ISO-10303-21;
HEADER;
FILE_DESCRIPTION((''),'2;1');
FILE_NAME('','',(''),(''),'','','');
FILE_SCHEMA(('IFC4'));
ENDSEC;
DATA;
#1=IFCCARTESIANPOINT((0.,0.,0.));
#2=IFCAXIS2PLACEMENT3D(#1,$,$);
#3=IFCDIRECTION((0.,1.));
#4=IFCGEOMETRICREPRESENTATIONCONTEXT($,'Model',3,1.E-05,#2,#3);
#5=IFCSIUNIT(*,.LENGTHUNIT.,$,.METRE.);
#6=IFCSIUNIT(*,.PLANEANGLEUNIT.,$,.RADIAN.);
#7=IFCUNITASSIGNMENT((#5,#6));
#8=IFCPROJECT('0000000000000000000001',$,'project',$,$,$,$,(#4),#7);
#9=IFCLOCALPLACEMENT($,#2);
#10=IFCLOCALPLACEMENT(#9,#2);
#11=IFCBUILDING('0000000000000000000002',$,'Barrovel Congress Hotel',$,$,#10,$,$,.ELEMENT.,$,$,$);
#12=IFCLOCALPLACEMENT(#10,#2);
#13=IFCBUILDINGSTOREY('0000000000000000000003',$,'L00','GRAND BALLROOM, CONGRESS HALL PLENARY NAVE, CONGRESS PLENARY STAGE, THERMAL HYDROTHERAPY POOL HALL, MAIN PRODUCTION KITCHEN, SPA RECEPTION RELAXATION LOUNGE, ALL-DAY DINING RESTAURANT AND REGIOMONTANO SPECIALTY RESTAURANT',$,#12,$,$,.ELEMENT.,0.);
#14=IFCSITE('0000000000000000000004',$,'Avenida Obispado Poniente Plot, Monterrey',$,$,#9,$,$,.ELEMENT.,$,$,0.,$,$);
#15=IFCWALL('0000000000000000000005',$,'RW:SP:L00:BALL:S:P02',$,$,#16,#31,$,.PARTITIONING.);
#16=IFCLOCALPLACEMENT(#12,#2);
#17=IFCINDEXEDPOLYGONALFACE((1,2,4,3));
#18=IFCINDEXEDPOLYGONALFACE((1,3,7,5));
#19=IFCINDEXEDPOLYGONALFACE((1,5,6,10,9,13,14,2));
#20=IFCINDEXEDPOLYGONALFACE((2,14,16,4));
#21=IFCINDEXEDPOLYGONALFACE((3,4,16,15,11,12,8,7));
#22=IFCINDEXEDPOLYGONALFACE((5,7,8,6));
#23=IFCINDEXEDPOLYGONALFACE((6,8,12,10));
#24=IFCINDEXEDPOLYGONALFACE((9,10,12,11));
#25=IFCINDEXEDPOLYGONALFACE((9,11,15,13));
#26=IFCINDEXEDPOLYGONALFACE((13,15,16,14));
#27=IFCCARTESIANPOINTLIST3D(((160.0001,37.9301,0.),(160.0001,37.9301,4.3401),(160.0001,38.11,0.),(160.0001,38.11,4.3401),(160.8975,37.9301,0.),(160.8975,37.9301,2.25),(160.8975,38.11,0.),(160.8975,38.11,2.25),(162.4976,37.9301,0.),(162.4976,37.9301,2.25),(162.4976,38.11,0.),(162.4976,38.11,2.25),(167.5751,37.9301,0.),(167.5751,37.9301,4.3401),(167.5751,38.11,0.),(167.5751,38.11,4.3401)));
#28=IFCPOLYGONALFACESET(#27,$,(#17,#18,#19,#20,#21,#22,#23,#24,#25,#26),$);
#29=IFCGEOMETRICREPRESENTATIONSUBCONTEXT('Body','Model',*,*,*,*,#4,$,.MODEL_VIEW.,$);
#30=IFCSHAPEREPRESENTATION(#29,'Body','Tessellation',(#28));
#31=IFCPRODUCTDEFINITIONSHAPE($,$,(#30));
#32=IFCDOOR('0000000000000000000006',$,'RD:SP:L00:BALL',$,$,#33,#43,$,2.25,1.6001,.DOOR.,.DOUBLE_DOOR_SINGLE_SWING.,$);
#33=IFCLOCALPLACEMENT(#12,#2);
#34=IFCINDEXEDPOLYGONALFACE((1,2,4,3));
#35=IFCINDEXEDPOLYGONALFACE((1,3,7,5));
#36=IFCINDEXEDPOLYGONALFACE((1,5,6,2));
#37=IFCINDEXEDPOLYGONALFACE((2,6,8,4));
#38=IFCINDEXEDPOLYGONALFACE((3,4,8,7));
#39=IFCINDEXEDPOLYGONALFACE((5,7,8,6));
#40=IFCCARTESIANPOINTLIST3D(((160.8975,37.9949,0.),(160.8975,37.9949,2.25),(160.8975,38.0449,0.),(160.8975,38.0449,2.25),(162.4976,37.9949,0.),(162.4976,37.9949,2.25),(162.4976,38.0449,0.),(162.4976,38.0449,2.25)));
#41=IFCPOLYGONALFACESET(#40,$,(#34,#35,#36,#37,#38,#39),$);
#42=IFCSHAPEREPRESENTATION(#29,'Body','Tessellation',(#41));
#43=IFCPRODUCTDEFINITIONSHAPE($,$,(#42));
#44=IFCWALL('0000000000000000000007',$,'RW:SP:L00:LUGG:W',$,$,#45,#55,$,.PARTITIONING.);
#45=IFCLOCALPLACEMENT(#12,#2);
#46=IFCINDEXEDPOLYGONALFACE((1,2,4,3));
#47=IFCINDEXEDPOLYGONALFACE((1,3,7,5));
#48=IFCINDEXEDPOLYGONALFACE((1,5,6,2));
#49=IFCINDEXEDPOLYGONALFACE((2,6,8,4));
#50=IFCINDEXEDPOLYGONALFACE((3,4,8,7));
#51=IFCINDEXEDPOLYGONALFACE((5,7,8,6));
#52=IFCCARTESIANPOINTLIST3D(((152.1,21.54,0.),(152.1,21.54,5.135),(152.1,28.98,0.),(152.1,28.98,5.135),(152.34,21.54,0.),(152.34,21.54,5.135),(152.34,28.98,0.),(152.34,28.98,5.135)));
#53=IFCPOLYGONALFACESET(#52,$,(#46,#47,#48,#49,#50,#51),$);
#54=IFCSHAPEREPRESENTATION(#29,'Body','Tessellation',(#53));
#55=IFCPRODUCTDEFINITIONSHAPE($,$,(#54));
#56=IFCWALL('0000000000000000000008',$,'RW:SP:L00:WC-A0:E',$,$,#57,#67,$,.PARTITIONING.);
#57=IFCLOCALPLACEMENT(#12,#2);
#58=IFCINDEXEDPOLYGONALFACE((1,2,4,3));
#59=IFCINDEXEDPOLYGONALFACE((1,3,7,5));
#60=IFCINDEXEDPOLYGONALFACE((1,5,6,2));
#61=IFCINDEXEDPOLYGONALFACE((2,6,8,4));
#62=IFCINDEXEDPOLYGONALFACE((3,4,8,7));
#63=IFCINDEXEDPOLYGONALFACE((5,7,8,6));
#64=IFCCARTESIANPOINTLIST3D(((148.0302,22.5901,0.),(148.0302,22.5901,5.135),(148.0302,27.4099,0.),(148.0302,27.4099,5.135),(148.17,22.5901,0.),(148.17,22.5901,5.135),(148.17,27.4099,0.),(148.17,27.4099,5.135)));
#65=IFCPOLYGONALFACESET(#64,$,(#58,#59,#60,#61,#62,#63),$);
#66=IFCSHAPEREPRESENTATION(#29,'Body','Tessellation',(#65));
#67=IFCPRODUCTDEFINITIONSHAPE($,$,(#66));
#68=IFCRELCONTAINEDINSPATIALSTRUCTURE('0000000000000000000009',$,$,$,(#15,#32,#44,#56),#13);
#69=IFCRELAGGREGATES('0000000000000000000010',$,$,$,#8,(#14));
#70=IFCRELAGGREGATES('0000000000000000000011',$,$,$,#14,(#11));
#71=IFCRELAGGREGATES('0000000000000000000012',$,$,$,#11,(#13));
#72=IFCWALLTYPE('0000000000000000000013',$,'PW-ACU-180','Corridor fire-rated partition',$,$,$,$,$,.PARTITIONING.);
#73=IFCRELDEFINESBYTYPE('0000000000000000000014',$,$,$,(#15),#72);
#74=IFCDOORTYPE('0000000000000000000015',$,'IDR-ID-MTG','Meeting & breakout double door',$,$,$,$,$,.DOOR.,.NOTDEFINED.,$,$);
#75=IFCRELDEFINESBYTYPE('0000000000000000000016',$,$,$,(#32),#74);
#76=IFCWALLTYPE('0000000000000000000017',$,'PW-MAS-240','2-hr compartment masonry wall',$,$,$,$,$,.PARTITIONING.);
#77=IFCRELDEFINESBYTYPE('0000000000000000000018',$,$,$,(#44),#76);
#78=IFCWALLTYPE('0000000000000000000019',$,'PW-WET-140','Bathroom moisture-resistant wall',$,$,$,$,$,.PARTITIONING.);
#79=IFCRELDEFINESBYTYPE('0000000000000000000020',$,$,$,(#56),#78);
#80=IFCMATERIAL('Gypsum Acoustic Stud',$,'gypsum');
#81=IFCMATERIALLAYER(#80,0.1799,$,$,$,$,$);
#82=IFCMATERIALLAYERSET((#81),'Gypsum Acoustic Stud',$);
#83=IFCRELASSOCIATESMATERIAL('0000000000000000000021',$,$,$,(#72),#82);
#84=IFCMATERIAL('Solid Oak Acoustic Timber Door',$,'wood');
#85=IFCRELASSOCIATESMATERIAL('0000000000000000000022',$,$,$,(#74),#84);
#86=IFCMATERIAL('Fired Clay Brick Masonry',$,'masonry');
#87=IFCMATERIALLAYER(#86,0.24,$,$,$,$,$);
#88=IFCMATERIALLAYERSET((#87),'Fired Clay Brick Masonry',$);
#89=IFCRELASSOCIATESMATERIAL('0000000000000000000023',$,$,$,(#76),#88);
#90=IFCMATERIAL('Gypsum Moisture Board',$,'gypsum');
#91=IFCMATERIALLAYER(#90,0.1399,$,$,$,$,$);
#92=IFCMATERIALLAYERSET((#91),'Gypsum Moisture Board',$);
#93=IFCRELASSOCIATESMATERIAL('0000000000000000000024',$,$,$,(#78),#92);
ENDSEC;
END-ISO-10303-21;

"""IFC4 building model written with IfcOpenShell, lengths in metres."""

from ifc_helpers import new_model, si_unit, direction, frame, frame_2d, origin, place, context, subcontext, project, spatial, rectangle, extrude, material, layer, layer_set, type_object, element, fill, save


model = new_model("IFC4")

# Units and contexts
model_context = context("Model", 3, precision=1e-05, world=origin(), true_north=direction((0.0, 1.0)))
body_context = subcontext(model_context, "Body", "Model", "MODEL_VIEW")
ifc_project = project(units=[si_unit("LENGTHUNIT", "METRE"), si_unit("PLANEANGLEUNIT", "RADIAN")], contexts=[model_context])

# Site, building, storey
site_placement = place(None, origin())
site = spatial("IfcSite", under=ifc_project, at=site_placement, Name="Avenida Obispado Poniente Plot, Monterrey", CompositionType="ELEMENT", RefElevation=0.0)
building_placement = place(site_placement, origin())
building = spatial("IfcBuilding", under=site, at=building_placement, Name="Barrovel Congress Hotel", CompositionType="ELEMENT")
storey_placement = place(building_placement, origin())
storey = spatial("IfcBuildingStorey", under=building, at=storey_placement, Name="L00", Description="GRAND BALLROOM, CONGRESS HALL PLENARY NAVE, CONGRESS PLENARY STAGE, THERMAL HYDROTHERAPY POOL HALL, MAIN PRODUCTION KITCHEN, SPA RECEPTION RELAXATION LOUNGE, ALL-DAY DINING RESTAURANT AND REGIOMONTANO SPECIALTY RESTAURANT", CompositionType="ELEMENT", Elevation=0.0)

# Wall, opening, door
ifc_material_1 = material(Name="Gypsum Acoustic Stud", Category="gypsum")
ifc_layer_1 = layer(ifc_material_1, 0.1799)
ifc_layer_set_1 = layer_set([ifc_layer_1], Name="Gypsum Acoustic Stud")
wall_type_1 = type_object("IfcWallType", Name="PW-ACU-180", Description="Corridor fire-rated partition", PredefinedType="PARTITIONING", material=ifc_layer_set_1)
wall_1_placement = place(storey_placement, frame((160.0, 38.02, 0.0), z_axis=(0.0, 0.0, 1.0), x_axis=(1.0, 0.0, 0.0)))
wall_1 = element("IfcWall", 1, at=wall_1_placement, inside=storey, type_object=wall_type_1, Name="RW:SP:L00:BALL:S:P02", PredefinedType="PARTITIONING", context=body_context, shape_type="SweptSolid", body=[
    extrude(rectangle(XDim=7.575, YDim=0.1799, at=frame_2d((3.7876, 0.0))), origin(), (0.0, 0.0, 1.0), 4.3401),
])
opening_placement = place(wall_1_placement, frame((0.8975, 0.0, 0.0)))
opening = element("IfcOpeningElement", 2, at=opening_placement, cuts=wall_1, PredefinedType="OPENING", context=body_context, shape_type="SweptSolid", body=[
    extrude(rectangle(XDim=1.6001, YDim=2.25, at=frame_2d((0.8, 1.125))), frame((0.0, 0.1001, 0.0), z_axis=(0.0, -1.0, 0.0), x_axis=(1.0, 0.0, 0.0)), (0.0, 0.0, 1.0), 0.2),
])
ifc_material_2 = material(Name="Solid Oak Acoustic Timber Door", Category="wood")
door_type = type_object("IfcDoorType", Name="IDR-ID-MTG", Description="Meeting & breakout double door", OperationType="NOTDEFINED", PredefinedType="DOOR", material=ifc_material_2)
door_placement = place(opening_placement, origin())
door = element("IfcDoor", 3, at=door_placement, inside=storey, type_object=door_type, Name="RD:SP:L00:BALL", OperationType="DOUBLE_DOOR_SINGLE_SWING", OverallHeight=2.25, OverallWidth=1.6001, PredefinedType="DOOR", context=body_context, shape_type="SweptSolid", body=[
    extrude(rectangle(XDim=1.6001, YDim=2.25, at=frame_2d((0.8, 1.125))), frame((0.0, 0.0249, 0.0), z_axis=(0.0, -1.0, 0.0), x_axis=(1.0, 0.0, 0.0)), (0.0, 0.0, 1.0), 0.05),
])
fill(opening, door)

# Walls
ifc_material_3 = material(Name="Fired Clay Brick Masonry", Category="masonry")
ifc_layer_2 = layer(ifc_material_3, 0.24)
ifc_layer_set_2 = layer_set([ifc_layer_2], Name="Fired Clay Brick Masonry")
wall_type_2 = type_object("IfcWallType", Name="PW-MAS-240", Description="2-hr compartment masonry wall", PredefinedType="PARTITIONING", material=ifc_layer_set_2)
wall_2_placement = place(storey_placement, frame((152.22, 21.54, 0.0), z_axis=(0.0, 0.0, 1.0), x_axis=(0.0, 1.0, 0.0)))
element("IfcWall", 4, at=wall_2_placement, inside=storey, type_object=wall_type_2, Name="RW:SP:L00:LUGG:W", PredefinedType="PARTITIONING", context=body_context, shape_type="SweptSolid", body=[
    extrude(rectangle(XDim=7.4399, YDim=0.24, at=frame_2d((3.72, 0.0))), origin(), (0.0, 0.0, 1.0), 5.135),
])
ifc_material_4 = material(Name="Gypsum Moisture Board", Category="gypsum")
ifc_layer_3 = layer(ifc_material_4, 0.1399)
ifc_layer_set_3 = layer_set([ifc_layer_3], Name="Gypsum Moisture Board")
wall_type_3 = type_object("IfcWallType", Name="PW-WET-140", Description="Bathroom moisture-resistant wall", PredefinedType="PARTITIONING", material=ifc_layer_set_3)
wall_3_placement = place(storey_placement, frame((148.1001, 22.5901, 0.0), z_axis=(0.0, 0.0, 1.0), x_axis=(0.0, 1.0, 0.0)))
element("IfcWall", 5, at=wall_3_placement, inside=storey, type_object=wall_type_3, Name="RW:SP:L00:WC-A0:E", PredefinedType="PARTITIONING", context=body_context, shape_type="SweptSolid", body=[
    extrude(rectangle(XDim=4.8198, YDim=0.1399, at=frame_2d((2.4099, 0.0))), origin(), (0.0, 0.0, 1.0), 5.135),
])

save(model, "model.ifc")
